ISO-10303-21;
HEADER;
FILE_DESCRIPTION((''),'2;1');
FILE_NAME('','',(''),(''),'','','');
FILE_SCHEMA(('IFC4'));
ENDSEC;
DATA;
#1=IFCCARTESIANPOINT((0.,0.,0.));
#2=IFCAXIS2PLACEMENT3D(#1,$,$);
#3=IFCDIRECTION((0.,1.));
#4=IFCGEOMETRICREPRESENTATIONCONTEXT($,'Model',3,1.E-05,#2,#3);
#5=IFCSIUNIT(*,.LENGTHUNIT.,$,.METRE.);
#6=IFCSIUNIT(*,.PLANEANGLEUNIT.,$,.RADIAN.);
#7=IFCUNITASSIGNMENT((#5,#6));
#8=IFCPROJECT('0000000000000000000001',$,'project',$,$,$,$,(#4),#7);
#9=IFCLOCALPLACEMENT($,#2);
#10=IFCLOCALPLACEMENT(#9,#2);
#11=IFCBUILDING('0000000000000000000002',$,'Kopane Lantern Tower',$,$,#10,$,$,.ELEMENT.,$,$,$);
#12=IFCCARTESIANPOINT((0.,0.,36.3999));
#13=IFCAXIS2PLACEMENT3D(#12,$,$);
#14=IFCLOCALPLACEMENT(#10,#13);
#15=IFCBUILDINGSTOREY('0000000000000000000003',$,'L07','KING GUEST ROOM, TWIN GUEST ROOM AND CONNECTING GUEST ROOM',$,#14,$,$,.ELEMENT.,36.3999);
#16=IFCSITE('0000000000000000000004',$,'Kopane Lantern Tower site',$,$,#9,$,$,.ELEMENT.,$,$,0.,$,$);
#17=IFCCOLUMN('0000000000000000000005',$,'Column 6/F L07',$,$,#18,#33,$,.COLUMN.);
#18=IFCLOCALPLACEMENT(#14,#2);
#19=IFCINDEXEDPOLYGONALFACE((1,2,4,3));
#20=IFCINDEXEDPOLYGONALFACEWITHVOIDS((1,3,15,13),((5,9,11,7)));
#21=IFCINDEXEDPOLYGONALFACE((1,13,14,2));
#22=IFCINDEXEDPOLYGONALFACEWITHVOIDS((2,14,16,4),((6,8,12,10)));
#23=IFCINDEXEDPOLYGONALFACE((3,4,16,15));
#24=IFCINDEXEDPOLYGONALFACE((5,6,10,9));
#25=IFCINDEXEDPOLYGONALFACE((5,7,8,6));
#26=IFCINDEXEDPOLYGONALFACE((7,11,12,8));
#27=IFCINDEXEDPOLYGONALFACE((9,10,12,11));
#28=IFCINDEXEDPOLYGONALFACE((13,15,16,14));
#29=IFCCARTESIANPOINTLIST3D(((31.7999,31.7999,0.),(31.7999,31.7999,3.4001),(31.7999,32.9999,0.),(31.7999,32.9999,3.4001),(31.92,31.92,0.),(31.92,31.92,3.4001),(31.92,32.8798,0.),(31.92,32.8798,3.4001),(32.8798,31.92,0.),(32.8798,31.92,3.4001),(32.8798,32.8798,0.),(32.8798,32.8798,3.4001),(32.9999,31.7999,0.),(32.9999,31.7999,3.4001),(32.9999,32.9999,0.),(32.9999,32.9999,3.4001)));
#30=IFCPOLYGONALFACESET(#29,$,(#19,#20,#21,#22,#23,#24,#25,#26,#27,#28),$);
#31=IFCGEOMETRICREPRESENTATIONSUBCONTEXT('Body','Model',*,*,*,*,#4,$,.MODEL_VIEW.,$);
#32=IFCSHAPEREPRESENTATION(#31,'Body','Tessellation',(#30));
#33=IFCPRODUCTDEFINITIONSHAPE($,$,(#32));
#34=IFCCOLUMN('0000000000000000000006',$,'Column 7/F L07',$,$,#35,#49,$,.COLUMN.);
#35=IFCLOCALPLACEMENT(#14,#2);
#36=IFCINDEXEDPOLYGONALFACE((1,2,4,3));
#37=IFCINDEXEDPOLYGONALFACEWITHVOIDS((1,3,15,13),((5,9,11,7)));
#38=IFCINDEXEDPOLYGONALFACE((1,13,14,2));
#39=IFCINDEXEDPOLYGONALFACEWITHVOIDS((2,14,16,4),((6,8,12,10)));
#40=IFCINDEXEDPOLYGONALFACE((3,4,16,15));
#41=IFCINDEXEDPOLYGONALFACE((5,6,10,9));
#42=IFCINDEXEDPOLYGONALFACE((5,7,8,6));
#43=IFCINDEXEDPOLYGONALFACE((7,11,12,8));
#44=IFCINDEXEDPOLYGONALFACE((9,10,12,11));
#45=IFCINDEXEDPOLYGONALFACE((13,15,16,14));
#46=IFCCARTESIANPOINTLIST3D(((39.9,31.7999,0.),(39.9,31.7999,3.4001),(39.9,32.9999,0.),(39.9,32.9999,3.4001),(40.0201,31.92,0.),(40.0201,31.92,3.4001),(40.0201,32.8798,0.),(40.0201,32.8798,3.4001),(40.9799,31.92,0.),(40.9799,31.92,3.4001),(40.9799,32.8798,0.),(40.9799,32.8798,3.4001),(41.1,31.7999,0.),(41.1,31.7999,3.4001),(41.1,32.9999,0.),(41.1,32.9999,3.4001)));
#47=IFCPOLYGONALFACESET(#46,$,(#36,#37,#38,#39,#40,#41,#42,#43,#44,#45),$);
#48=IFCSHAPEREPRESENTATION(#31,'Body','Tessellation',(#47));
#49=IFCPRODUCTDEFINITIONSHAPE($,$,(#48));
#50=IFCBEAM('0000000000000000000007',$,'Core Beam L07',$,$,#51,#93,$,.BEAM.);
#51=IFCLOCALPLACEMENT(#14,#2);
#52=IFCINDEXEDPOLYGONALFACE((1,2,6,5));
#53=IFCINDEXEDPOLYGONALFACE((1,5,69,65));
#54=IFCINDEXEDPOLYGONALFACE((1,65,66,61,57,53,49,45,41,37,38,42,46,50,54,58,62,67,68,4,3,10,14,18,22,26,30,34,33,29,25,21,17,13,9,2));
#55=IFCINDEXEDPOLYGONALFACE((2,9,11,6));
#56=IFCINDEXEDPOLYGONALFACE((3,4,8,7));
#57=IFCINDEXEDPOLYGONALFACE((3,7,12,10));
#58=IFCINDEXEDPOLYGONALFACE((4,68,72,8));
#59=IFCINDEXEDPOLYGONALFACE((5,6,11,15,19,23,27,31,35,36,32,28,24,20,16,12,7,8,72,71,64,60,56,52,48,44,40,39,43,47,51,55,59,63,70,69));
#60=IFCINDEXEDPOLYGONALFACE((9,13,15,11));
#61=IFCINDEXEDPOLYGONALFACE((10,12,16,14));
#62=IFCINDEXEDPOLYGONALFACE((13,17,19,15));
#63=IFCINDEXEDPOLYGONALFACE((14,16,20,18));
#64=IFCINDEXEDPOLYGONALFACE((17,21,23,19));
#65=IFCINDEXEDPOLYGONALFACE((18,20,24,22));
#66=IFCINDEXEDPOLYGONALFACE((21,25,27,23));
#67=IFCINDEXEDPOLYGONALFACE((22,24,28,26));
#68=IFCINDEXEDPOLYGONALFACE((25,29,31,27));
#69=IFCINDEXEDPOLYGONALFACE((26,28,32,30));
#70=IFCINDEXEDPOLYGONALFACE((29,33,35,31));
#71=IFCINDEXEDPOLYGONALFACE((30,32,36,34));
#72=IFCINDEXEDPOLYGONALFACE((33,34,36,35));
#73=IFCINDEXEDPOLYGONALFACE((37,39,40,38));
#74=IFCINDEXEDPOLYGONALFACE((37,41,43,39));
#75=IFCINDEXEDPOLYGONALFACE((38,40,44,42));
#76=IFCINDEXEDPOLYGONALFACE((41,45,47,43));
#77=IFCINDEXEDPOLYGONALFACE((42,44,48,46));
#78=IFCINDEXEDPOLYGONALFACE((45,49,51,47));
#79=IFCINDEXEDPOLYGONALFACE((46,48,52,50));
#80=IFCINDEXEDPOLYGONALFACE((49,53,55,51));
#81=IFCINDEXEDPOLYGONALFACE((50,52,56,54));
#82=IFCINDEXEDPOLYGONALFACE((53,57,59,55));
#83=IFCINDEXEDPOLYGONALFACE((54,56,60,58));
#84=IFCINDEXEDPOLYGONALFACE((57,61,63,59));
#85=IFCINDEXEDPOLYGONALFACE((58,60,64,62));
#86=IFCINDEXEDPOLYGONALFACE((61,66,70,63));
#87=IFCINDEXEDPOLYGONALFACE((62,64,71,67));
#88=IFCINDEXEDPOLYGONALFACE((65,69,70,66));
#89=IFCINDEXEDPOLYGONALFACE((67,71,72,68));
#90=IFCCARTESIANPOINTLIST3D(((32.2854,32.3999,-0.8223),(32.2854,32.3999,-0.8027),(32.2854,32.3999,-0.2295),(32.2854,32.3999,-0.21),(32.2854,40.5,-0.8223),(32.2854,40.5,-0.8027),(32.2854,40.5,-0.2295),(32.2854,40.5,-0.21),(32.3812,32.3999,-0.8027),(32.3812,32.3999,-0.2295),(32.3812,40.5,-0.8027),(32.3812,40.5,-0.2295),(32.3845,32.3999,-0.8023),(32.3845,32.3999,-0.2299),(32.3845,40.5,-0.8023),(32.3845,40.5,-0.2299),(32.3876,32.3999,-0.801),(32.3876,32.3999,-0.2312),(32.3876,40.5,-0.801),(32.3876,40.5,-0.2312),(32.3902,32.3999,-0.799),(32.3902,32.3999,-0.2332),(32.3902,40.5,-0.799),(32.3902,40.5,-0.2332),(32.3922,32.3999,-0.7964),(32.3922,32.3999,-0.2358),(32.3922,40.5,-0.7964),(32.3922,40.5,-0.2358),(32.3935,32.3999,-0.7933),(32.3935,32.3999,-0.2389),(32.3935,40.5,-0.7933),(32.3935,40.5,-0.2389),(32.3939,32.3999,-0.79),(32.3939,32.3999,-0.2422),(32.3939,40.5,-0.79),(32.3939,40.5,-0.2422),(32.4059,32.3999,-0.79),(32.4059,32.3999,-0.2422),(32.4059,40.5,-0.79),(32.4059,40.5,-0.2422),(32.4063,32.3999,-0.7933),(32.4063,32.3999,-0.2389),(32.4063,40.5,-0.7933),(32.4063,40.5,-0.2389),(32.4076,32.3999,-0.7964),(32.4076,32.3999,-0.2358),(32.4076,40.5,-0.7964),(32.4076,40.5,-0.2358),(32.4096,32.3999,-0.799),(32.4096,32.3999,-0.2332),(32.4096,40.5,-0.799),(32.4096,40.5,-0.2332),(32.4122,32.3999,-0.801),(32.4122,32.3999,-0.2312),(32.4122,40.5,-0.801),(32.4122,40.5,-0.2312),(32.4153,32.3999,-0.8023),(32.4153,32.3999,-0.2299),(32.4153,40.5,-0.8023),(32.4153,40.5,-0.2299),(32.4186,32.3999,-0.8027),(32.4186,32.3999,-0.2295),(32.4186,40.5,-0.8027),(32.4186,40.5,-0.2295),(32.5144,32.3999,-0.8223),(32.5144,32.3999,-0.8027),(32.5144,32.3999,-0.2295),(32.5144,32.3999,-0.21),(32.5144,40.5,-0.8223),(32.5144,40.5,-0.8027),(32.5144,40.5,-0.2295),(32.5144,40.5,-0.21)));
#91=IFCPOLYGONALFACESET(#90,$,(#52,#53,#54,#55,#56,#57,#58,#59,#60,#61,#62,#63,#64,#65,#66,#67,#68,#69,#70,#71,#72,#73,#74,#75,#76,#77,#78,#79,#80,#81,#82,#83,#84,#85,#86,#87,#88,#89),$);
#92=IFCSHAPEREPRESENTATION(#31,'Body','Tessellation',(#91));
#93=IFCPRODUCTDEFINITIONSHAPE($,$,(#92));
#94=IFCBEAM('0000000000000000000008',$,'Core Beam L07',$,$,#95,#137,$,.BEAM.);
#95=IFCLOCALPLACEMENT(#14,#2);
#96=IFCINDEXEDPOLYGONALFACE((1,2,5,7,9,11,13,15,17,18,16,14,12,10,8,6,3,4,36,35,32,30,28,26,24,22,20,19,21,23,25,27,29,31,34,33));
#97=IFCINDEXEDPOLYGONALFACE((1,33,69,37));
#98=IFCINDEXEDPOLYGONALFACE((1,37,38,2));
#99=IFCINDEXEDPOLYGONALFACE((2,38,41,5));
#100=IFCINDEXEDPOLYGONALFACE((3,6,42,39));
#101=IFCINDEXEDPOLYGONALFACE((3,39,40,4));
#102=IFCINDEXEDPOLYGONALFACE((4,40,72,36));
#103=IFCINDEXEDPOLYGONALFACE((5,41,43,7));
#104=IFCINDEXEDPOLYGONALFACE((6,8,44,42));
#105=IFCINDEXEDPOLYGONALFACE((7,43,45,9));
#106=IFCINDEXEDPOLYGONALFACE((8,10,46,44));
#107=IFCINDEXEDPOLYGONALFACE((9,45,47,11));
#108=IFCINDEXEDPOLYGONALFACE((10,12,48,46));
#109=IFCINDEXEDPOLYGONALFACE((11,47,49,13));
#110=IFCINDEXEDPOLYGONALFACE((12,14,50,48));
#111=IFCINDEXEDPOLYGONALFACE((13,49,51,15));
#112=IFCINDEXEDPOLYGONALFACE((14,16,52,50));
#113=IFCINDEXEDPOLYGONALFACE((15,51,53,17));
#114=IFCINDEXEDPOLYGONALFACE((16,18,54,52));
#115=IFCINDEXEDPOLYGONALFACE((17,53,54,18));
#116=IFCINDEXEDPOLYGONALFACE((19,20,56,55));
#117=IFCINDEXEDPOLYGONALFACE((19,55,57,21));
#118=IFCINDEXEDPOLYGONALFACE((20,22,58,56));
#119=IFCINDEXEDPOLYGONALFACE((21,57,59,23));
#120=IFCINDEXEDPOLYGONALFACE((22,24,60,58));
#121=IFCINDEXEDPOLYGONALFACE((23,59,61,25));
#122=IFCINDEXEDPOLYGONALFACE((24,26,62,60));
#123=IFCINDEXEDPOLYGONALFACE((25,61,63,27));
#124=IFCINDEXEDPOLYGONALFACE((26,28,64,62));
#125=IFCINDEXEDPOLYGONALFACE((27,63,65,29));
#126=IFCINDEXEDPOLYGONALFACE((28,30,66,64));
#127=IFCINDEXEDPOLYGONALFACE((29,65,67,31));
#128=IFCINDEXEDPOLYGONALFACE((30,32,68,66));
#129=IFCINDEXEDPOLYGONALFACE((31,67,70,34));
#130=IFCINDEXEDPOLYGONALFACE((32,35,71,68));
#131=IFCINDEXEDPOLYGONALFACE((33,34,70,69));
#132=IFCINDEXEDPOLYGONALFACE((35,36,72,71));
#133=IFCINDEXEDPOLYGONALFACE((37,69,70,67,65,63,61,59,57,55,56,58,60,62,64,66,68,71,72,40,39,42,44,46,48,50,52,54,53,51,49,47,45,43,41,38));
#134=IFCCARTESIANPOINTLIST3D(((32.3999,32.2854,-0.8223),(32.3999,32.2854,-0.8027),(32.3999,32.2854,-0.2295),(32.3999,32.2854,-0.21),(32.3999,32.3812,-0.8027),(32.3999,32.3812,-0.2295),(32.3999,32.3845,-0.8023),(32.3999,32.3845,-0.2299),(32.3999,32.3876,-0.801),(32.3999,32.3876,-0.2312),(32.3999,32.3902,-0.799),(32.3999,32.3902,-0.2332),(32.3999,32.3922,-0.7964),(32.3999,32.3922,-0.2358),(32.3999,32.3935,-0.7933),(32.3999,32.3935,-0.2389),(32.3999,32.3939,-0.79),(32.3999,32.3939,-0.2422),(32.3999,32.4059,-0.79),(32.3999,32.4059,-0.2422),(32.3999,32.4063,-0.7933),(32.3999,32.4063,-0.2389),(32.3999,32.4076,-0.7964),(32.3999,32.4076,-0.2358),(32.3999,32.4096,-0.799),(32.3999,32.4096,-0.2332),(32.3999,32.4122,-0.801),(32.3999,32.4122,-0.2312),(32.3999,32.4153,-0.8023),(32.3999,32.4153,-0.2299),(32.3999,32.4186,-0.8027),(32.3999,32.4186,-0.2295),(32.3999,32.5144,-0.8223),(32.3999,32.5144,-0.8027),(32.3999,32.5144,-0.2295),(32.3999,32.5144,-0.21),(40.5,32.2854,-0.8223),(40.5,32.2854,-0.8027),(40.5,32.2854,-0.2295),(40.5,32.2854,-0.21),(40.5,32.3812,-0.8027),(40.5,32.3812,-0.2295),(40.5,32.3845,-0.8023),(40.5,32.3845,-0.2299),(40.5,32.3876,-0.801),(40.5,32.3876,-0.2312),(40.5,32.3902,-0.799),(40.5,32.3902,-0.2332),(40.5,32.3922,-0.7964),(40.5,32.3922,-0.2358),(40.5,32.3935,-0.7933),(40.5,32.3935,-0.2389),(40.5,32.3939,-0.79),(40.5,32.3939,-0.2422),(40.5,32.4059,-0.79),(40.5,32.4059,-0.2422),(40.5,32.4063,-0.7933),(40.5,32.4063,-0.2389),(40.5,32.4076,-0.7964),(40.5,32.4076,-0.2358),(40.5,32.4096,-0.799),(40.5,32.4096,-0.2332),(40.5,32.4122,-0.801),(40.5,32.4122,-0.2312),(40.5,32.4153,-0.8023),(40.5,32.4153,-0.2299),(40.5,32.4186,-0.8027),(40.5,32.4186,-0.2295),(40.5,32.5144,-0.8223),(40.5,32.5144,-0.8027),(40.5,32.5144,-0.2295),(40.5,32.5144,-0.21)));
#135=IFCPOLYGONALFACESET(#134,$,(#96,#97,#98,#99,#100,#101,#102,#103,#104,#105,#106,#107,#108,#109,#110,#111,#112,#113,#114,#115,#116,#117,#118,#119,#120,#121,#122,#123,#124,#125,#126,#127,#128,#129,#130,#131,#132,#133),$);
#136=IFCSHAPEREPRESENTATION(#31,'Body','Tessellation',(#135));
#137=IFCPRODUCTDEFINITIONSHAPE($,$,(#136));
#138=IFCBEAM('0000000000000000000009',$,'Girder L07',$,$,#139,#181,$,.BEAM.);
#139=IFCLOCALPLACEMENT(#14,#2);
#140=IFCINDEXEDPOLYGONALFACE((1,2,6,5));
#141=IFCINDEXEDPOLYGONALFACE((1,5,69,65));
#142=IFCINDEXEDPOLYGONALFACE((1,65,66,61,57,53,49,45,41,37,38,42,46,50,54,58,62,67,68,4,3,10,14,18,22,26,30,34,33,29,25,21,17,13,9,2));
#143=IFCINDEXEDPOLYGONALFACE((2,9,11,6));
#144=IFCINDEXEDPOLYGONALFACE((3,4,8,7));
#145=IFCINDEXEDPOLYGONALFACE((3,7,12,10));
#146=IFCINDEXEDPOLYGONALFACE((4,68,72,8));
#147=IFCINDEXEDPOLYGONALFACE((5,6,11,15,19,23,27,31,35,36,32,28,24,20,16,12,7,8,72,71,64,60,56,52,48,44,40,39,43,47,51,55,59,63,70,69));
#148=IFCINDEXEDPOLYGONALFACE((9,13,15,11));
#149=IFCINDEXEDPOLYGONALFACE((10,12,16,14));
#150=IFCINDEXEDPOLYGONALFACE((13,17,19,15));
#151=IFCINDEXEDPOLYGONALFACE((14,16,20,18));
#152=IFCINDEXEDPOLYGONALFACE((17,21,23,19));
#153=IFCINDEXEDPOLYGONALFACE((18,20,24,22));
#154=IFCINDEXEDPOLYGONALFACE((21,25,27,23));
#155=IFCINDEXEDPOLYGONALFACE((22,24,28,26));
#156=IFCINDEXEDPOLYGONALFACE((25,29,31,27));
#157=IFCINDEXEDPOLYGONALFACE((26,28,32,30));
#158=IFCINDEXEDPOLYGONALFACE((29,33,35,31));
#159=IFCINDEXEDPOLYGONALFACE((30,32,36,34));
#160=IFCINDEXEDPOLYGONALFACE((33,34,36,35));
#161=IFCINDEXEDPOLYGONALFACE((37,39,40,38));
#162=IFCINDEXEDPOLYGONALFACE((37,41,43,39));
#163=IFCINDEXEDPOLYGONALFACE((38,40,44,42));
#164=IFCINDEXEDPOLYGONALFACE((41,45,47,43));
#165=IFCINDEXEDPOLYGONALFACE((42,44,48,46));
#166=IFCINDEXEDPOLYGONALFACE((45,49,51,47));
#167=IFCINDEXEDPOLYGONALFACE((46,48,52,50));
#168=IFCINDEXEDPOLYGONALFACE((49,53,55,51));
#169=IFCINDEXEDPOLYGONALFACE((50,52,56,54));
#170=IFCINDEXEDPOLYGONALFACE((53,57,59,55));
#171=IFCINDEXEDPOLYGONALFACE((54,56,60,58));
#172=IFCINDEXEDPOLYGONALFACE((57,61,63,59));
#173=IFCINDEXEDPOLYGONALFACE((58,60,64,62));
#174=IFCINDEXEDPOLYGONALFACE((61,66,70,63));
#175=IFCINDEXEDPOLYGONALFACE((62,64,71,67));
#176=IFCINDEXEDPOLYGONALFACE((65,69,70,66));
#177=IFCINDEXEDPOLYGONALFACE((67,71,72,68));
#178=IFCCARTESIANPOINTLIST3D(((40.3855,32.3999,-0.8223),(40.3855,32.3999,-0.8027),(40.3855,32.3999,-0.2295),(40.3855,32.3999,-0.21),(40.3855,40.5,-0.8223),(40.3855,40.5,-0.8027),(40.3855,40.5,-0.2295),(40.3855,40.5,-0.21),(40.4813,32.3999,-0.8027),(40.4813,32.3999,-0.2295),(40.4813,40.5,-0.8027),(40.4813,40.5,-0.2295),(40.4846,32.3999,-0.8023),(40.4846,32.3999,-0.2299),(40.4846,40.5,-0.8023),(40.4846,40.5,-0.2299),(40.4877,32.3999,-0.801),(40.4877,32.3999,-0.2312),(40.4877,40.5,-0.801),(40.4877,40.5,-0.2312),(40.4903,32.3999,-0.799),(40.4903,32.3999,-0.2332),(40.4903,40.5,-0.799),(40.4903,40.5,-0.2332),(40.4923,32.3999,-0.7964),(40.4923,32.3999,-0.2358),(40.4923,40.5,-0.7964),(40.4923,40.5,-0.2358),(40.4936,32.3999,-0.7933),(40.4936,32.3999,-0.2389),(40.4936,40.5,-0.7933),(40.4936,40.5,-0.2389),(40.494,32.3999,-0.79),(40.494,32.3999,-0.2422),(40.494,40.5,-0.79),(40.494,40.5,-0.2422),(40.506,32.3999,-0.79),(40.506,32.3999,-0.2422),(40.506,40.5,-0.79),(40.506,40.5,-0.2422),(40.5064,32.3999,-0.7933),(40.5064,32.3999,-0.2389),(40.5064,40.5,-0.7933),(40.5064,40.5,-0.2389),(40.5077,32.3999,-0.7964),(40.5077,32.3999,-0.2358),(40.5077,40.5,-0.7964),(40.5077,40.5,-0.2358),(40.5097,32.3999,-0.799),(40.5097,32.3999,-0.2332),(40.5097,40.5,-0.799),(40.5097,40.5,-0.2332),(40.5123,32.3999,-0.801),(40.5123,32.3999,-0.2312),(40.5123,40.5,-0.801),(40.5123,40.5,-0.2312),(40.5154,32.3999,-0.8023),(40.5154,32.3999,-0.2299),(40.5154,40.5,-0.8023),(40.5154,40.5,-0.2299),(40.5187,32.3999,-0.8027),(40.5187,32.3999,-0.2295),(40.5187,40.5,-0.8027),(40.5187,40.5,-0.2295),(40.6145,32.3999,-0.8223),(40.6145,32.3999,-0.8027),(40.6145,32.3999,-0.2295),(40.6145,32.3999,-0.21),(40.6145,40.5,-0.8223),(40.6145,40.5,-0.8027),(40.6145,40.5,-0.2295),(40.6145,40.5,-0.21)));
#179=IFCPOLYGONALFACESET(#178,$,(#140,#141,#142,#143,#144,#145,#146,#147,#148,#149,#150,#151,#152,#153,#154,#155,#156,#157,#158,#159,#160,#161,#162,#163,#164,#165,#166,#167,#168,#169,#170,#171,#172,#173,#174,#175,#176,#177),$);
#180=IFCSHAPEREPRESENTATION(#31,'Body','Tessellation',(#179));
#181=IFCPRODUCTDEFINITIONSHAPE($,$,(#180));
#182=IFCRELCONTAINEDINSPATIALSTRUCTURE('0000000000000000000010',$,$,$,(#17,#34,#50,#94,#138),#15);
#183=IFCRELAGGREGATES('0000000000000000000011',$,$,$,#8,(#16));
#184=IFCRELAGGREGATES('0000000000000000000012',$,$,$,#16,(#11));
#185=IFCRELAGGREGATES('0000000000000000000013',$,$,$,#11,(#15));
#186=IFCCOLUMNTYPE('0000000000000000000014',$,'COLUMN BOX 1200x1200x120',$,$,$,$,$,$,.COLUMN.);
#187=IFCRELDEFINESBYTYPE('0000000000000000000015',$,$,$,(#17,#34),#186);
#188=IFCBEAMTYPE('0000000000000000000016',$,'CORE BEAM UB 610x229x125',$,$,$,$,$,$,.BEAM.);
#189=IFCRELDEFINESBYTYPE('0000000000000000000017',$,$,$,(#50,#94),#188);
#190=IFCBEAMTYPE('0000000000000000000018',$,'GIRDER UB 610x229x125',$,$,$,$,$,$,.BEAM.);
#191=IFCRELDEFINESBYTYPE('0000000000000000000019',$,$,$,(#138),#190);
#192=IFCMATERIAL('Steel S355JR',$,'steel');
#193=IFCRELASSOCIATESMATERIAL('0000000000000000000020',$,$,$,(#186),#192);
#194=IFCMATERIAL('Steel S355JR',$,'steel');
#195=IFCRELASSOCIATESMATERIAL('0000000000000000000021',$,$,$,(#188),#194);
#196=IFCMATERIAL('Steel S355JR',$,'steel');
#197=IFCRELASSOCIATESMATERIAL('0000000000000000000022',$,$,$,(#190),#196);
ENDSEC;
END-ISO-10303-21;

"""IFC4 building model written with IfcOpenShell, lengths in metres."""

from ifc_helpers import new_model, si_unit, direction, frame, origin, origin_2d, place, context, subcontext, project, spatial, hollow_rectangle, i_section, extrude, material, material_profile, profile_set, type_object, element, save


model = new_model("IFC4")

# Units and contexts
model_context = context("Model", 3, precision=1e-05, world=origin(), true_north=direction((0.0, 1.0)))
body_context = subcontext(model_context, "Body", "Model", "MODEL_VIEW")
ifc_project = project(units=[si_unit("LENGTHUNIT", "METRE"), si_unit("PLANEANGLEUNIT", "RADIAN")], contexts=[model_context])

# Site, building, storey
site_placement = place(None, origin())
site = spatial("IfcSite", under=ifc_project, at=site_placement, Name="Kopane Lantern Tower site", CompositionType="ELEMENT", RefElevation=0.0)
building_placement = place(site_placement, origin())
building = spatial("IfcBuilding", under=site, at=building_placement, Name="Kopane Lantern Tower", CompositionType="ELEMENT")
storey_placement = place(building_placement, frame((0.0, 0.0, 36.3999)))
storey = spatial("IfcBuildingStorey", under=building, at=storey_placement, Name="L07", Description="KING GUEST ROOM, TWIN GUEST ROOM AND CONNECTING GUEST ROOM", CompositionType="ELEMENT", Elevation=36.3999)

# Columns
ifc_material_1 = material(Name="Steel S355JR", Category="steel")
ifc_material_profile_1 = material_profile(ifc_material_1, hollow_rectangle(XDim=1.2, YDim=1.2, WallThickness=0.1201, at=origin_2d()), Name="BOX 1200x1200x120")
ifc_profile_set_1 = profile_set([ifc_material_profile_1], Name="Steel S355JR")
column_type = type_object("IfcColumnType", Name="COLUMN BOX 1200x1200x120", PredefinedType="COLUMN", material=ifc_profile_set_1)
for number, where, z_axis, x_axis, name in (
    (1, (32.3999, 32.3999, 0.0), (0.0, 0.0, 1.0), (1.0, 0.0, 0.0), "Column 6/F L07"),
    (2, (40.5, 32.3999, 0.0), (0.0, 0.0, 1.0), (1.0, 0.0, 0.0), "Column 7/F L07"),
):
    element("IfcColumn", number, at=place(storey_placement, frame(where, z_axis=z_axis, x_axis=x_axis)), inside=storey, type_object=column_type, Name=name, PredefinedType="COLUMN", context=body_context, shape_type="SweptSolid", body=[
        extrude(hollow_rectangle(XDim=1.2, YDim=1.2, WallThickness=0.1201, at=origin_2d()), origin(), (0.0, 0.0, 1.0), 3.4001),
    ])

# Beams
ifc_material_2 = material(Name="Steel S355JR", Category="steel")
ifc_material_profile_2 = material_profile(ifc_material_2, i_section(OverallWidth=0.229, OverallDepth=0.6123, WebThickness=0.012, FlangeThickness=0.0195, FilletRadius=0.0127, at=origin_2d()), Name="UB 610x229x125")
ifc_profile_set_2 = profile_set([ifc_material_profile_2], Name="Steel S355JR")
beam_type_1 = type_object("IfcBeamType", Name="CORE BEAM UB 610x229x125", PredefinedType="BEAM", material=ifc_profile_set_2)
for number, where, z_axis, x_axis, name in (
    (3, (32.3999, 32.3999, -0.5161), (0.0, 1.0, 0.0), (-1.0, 0.0, 0.0), "Core Beam L07"),
    (4, (32.3999, 32.3999, -0.5161), (1.0, 0.0, 0.0), (0.0, 1.0, 0.0), "Core Beam L07"),
):
    element("IfcBeam", number, at=place(storey_placement, frame(where, z_axis=z_axis, x_axis=x_axis)), inside=storey, type_object=beam_type_1, Name=name, PredefinedType="BEAM", context=body_context, shape_type="SweptSolid", body=[
        extrude(i_section(OverallWidth=0.229, OverallDepth=0.6123, WebThickness=0.012, FlangeThickness=0.0195, FilletRadius=0.0127, at=origin_2d()), origin(), (0.0, 0.0, 1.0), 8.1001),
    ])
ifc_material_3 = material(Name="Steel S355JR", Category="steel")
ifc_material_profile_3 = material_profile(ifc_material_3, i_section(OverallWidth=0.229, OverallDepth=0.6123, WebThickness=0.012, FlangeThickness=0.0195, FilletRadius=0.0127, at=origin_2d()), Name="UB 610x229x125")
ifc_profile_set_3 = profile_set([ifc_material_profile_3], Name="Steel S355JR")
beam_type_2 = type_object("IfcBeamType", Name="GIRDER UB 610x229x125", PredefinedType="BEAM", material=ifc_profile_set_3)
for number, where, z_axis, x_axis, name in (
    (5, (40.5, 32.3999, -0.5161), (0.0, 1.0, 0.0), (-1.0, 0.0, 0.0), "Girder L07"),
):
    element("IfcBeam", number, at=place(storey_placement, frame(where, z_axis=z_axis, x_axis=x_axis)), inside=storey, type_object=beam_type_2, Name=name, PredefinedType="BEAM", context=body_context, shape_type="SweptSolid", body=[
        extrude(i_section(OverallWidth=0.229, OverallDepth=0.6123, WebThickness=0.012, FlangeThickness=0.0195, FilletRadius=0.0127, at=origin_2d()), origin(), (0.0, 0.0, 1.0), 8.1001),
    ])

save(model, "model.ifc")
